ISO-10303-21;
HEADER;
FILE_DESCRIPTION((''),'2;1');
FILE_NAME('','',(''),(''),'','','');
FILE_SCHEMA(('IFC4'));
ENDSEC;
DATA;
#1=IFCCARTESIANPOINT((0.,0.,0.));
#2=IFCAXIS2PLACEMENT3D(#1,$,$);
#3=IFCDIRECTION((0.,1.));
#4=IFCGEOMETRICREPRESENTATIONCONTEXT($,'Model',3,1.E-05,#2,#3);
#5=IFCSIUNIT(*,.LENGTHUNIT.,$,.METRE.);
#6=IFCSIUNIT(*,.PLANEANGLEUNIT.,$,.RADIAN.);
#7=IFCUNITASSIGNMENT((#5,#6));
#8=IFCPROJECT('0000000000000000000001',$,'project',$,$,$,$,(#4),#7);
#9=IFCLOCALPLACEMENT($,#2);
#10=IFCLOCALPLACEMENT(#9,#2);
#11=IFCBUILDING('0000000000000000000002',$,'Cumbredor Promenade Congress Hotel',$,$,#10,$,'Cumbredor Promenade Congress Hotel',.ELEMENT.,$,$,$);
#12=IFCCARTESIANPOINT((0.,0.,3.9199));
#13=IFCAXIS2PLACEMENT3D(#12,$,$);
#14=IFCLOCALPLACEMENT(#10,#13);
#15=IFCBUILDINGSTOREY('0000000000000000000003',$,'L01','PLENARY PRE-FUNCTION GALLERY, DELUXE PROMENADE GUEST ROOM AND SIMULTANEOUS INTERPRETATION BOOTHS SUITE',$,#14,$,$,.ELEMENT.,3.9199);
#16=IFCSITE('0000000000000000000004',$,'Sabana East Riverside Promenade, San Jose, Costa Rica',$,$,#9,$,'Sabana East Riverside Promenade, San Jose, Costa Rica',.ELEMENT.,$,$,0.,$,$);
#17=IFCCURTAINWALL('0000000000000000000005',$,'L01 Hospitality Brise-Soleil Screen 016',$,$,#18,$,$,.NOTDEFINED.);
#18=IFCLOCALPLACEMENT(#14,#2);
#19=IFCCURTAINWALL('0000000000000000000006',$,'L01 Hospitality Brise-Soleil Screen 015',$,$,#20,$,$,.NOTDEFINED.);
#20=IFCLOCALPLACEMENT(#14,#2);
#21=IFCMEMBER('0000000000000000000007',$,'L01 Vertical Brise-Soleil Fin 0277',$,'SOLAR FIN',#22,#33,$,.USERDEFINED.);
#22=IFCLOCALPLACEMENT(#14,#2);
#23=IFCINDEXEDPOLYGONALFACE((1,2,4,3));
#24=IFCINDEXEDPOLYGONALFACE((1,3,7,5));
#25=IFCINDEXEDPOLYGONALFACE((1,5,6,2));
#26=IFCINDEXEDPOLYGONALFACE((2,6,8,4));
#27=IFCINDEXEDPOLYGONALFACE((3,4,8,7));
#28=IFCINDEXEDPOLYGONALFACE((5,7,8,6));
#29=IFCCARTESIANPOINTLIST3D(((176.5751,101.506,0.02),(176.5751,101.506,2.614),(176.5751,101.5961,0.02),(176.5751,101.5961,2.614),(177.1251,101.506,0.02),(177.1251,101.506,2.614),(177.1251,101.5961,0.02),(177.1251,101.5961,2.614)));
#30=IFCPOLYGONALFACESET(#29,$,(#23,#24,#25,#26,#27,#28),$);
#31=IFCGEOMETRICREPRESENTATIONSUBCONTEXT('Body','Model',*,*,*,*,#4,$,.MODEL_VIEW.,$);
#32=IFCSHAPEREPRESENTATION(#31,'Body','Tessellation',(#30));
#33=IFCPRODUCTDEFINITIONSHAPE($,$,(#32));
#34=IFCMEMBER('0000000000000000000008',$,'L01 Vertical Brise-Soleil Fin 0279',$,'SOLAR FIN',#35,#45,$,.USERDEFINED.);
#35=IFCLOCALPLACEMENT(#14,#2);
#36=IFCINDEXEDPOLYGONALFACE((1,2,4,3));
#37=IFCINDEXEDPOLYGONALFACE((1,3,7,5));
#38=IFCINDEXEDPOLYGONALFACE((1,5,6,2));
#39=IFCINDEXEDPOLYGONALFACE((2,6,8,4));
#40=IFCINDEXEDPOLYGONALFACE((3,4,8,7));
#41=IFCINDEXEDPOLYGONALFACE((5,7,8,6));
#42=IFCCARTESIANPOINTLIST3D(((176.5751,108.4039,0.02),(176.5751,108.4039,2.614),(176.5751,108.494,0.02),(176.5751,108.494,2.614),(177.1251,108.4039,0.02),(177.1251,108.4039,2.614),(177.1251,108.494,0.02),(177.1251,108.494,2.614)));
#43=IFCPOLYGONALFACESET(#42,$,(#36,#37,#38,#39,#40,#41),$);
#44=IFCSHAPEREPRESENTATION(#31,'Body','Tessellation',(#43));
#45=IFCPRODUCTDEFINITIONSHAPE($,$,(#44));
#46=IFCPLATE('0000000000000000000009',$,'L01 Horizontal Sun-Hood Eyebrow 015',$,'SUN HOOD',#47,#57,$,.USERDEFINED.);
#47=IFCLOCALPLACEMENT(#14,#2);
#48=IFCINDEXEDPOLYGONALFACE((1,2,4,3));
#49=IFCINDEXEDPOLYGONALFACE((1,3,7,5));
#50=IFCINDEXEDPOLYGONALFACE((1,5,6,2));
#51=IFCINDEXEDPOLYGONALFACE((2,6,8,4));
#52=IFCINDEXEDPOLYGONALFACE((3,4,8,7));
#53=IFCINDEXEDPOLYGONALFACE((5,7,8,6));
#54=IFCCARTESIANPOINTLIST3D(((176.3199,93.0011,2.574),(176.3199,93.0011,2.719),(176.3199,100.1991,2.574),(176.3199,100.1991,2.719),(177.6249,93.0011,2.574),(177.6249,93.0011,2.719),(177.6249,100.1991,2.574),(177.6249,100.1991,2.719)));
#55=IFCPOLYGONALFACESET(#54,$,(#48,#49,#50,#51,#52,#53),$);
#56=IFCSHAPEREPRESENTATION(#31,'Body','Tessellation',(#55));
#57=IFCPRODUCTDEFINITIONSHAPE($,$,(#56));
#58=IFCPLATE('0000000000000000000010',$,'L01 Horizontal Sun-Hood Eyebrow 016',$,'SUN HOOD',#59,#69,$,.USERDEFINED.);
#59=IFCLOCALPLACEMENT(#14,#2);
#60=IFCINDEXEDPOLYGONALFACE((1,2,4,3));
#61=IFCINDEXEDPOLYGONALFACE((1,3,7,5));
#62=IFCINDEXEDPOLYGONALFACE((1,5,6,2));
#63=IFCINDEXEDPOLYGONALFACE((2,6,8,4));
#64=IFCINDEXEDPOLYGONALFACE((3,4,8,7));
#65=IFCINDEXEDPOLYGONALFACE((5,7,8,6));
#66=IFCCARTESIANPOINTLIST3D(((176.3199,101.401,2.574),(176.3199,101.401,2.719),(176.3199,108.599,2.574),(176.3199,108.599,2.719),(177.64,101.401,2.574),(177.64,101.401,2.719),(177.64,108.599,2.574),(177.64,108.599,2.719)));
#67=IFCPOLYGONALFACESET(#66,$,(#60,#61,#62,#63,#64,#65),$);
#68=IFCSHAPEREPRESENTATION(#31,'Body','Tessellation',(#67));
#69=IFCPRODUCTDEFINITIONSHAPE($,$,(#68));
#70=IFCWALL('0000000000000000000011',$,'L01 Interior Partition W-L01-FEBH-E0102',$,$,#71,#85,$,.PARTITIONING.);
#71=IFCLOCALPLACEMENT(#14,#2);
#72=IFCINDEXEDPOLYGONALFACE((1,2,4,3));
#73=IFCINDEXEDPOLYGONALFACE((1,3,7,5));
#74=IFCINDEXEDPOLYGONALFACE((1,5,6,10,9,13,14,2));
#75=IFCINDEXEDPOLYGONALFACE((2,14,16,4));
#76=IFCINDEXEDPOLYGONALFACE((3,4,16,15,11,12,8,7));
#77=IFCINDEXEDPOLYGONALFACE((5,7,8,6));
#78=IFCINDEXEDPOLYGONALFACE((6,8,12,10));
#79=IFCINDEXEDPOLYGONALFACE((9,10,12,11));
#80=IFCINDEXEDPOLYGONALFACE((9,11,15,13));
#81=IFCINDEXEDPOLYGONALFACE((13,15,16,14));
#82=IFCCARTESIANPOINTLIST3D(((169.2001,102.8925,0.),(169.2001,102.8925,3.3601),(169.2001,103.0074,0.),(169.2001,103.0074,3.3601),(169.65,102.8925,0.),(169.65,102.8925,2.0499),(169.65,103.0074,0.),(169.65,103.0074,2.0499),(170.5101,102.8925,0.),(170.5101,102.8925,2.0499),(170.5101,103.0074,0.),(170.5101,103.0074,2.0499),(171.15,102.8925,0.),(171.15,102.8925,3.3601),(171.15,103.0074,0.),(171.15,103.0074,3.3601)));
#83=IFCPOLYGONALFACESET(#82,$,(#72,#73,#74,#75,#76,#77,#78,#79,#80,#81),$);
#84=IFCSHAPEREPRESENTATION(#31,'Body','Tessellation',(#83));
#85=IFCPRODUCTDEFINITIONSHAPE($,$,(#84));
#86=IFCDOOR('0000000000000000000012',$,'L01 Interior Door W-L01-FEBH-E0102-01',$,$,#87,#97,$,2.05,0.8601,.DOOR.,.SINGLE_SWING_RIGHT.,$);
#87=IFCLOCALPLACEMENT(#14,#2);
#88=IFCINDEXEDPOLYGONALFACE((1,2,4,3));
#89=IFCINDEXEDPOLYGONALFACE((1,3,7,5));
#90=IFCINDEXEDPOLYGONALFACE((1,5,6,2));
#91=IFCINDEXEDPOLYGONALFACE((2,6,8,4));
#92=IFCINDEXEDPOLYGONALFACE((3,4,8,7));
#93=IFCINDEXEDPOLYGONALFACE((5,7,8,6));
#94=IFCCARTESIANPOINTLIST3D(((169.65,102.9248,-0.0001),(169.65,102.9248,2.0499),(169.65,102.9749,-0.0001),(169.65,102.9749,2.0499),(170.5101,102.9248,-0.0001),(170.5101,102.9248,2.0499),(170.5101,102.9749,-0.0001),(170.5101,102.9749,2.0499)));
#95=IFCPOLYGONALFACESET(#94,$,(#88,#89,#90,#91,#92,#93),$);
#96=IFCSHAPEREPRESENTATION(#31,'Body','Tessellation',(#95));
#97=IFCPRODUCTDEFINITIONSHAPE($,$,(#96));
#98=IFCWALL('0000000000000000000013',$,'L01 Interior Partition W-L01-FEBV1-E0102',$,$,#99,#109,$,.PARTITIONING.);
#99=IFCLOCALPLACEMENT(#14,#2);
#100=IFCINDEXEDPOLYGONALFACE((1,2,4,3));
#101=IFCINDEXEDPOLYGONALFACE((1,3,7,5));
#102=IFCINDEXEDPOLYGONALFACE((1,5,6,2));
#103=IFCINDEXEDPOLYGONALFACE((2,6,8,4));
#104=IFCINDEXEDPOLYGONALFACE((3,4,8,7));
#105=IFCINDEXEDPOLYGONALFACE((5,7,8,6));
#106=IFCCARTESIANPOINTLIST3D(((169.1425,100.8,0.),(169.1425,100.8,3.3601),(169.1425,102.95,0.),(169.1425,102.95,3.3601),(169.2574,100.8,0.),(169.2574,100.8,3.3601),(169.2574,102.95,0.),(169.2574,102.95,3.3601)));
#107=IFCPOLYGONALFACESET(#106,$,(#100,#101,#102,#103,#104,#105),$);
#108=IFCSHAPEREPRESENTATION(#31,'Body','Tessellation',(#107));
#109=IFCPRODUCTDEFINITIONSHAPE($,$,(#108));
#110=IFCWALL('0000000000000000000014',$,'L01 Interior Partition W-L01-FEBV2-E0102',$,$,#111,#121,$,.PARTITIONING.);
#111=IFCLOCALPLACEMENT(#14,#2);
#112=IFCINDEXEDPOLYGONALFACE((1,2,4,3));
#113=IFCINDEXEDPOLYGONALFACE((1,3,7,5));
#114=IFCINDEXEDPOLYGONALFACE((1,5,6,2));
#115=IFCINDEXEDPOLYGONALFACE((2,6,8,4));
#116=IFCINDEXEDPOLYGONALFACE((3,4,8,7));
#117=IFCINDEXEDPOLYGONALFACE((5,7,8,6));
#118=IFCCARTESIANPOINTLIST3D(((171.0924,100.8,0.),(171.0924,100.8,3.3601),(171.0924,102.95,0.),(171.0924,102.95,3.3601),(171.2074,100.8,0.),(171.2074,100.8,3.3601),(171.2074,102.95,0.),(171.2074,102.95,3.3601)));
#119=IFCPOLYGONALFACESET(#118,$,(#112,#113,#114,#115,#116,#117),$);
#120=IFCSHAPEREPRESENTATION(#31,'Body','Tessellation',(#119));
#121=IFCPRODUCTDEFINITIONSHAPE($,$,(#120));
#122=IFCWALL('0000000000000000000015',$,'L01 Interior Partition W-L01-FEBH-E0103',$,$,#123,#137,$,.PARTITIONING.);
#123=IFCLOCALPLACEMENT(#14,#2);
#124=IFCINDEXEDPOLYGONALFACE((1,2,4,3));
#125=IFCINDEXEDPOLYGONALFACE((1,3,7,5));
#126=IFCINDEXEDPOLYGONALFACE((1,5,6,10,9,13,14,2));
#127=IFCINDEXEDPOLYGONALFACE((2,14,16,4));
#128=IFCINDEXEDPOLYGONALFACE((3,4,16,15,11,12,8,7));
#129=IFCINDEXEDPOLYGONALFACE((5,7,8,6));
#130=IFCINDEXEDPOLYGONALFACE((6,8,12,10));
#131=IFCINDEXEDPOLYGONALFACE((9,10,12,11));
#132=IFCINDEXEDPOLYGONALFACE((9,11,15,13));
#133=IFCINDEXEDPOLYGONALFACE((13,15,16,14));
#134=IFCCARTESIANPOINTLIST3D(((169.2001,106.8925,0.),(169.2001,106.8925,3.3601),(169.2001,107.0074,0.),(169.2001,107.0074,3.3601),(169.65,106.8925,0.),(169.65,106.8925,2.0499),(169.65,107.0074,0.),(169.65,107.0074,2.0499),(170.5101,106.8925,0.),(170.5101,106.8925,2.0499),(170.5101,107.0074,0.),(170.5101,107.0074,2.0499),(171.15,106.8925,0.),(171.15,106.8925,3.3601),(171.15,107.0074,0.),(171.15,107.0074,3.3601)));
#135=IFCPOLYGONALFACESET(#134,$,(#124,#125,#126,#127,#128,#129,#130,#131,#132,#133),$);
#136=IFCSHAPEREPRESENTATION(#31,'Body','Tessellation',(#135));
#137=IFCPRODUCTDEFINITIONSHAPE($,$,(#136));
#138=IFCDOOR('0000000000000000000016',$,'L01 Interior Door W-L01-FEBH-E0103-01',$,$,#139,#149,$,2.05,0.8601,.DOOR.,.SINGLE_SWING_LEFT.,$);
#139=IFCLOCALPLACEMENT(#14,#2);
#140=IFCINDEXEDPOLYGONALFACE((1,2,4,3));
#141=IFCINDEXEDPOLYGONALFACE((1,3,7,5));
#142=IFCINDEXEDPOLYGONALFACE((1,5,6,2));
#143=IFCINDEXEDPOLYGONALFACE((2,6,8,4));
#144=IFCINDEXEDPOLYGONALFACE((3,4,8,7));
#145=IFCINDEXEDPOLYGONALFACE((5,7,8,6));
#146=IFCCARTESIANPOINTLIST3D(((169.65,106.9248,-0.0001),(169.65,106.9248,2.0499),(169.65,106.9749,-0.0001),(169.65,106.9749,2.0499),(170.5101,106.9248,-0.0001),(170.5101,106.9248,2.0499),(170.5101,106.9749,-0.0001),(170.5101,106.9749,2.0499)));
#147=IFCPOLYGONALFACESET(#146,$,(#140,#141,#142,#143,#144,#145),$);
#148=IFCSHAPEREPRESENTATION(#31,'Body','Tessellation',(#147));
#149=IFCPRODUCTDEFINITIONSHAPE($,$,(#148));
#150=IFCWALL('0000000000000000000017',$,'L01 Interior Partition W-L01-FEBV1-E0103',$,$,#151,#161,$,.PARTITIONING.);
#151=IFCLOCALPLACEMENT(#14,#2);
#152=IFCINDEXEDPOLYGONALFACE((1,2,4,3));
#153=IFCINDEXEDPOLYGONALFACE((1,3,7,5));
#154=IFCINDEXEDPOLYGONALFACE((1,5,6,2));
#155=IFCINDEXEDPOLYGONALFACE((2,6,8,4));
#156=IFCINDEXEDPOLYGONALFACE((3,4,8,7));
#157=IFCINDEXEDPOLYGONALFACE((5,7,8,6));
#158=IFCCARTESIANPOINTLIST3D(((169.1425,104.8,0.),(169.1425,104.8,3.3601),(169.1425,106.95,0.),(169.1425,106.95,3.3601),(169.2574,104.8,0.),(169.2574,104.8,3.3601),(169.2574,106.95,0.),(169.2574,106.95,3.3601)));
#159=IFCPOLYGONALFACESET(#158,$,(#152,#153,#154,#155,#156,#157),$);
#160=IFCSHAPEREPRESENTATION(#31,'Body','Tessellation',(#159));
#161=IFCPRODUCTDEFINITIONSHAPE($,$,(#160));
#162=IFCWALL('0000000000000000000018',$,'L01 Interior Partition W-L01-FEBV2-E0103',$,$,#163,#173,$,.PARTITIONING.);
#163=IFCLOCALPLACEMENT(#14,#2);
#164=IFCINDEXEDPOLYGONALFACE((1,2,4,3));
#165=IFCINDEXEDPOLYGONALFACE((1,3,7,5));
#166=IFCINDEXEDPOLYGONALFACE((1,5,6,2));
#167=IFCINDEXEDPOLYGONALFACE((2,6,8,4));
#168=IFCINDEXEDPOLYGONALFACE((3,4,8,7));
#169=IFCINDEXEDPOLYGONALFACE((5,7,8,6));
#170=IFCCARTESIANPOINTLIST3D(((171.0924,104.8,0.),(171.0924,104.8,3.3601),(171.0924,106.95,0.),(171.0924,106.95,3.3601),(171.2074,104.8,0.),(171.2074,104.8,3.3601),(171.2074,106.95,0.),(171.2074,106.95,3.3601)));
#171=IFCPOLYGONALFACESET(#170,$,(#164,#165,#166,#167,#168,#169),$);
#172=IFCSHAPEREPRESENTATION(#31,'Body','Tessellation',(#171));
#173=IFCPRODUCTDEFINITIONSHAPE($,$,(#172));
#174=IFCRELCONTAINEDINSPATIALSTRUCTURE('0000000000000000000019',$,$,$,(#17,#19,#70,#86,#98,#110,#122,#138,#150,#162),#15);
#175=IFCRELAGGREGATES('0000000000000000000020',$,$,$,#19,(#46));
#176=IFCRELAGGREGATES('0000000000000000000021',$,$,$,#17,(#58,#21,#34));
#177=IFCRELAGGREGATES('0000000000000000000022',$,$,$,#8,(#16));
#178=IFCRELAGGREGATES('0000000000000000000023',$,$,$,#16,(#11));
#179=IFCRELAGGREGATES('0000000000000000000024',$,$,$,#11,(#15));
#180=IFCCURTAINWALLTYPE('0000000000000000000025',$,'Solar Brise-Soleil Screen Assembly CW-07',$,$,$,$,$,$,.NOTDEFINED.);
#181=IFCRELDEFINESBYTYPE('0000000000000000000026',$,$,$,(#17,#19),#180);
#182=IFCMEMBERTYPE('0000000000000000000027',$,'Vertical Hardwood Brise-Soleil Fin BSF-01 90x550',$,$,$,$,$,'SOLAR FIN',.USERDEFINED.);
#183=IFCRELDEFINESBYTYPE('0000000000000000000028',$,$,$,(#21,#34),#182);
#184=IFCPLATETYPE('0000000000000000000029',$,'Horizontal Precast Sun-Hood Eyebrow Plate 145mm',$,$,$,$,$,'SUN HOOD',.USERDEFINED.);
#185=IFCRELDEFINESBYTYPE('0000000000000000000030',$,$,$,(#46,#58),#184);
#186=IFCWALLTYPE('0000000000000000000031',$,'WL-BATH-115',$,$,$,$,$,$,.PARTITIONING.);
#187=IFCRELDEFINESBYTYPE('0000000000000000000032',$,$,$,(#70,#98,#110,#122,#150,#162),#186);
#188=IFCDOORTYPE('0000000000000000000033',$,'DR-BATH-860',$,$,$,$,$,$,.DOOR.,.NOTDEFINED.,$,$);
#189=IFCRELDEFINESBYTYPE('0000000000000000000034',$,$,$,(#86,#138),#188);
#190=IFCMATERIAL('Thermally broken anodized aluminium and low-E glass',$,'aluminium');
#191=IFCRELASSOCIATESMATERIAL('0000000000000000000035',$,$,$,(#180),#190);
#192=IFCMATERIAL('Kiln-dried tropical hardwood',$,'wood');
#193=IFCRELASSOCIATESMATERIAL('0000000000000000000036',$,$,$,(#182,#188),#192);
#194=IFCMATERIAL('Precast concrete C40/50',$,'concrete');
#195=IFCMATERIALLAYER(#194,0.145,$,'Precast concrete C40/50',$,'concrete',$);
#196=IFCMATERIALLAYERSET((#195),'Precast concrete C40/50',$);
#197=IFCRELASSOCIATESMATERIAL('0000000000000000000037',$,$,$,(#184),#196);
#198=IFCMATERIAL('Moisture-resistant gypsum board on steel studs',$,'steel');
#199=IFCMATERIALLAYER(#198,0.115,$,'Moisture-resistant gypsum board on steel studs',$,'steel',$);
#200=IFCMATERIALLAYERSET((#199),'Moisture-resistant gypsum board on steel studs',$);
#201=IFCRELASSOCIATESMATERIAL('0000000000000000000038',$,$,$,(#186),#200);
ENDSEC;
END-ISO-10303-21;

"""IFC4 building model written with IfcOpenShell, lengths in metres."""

from ifc_helpers import new_model, si_unit, direction, frame, frame_2d, origin, origin_2d, place, context, subcontext, project, spatial, rectangle, extrude, material, layer, layer_set, material_profile, profile_set, type_object, element, fill, aggregate, save


model = new_model("IFC4")

# Units and contexts
model_context = context("Model", 3, precision=1e-05, world=origin(), true_north=direction((0.0, 1.0)))
body_context = subcontext(model_context, "Body", "Model", "MODEL_VIEW")
ifc_project = project(units=[si_unit("LENGTHUNIT", "METRE"), si_unit("PLANEANGLEUNIT", "RADIAN")], contexts=[model_context])

# Site, building, storey
site_placement = place(None, origin())
site = spatial("IfcSite", under=ifc_project, at=site_placement, Name="Sabana East Riverside Promenade, San Jose, Costa Rica", LongName="Sabana East Riverside Promenade, San Jose, Costa Rica", CompositionType="ELEMENT", RefElevation=0.0)
building_placement = place(site_placement, origin())
building = spatial("IfcBuilding", under=site, at=building_placement, Name="Cumbredor Promenade Congress Hotel", LongName="Cumbredor Promenade Congress Hotel", CompositionType="ELEMENT")
storey_placement = place(building_placement, frame((0.0, 0.0, 3.9199)))
storey = spatial("IfcBuildingStorey", under=building, at=storey_placement, Name="L01", Description="PLENARY PRE-FUNCTION GALLERY, DELUXE PROMENADE GUEST ROOM AND SIMULTANEOUS INTERPRETATION BOOTHS SUITE", CompositionType="ELEMENT", Elevation=3.9199)

# Curtain wall
ifc_material_1 = material(Name="Thermally broken anodized aluminium and low-E glass", Category="aluminium")
curtain_wall_type = type_object("IfcCurtainWallType", Name="Solar Brise-Soleil Screen Assembly CW-07", PredefinedType="NOTDEFINED", material=ifc_material_1)
curtain_wall_1_placement = place(storey_placement, origin())
curtain_wall_1 = element("IfcCurtainWall", 1, at=curtain_wall_1_placement, inside=storey, type_object=curtain_wall_type, Name="L01 Hospitality Brise-Soleil Screen 016", PredefinedType="NOTDEFINED")

# Curtain wall
curtain_wall_2_placement = place(storey_placement, origin())
curtain_wall_2 = element("IfcCurtainWall", 2, at=curtain_wall_2_placement, inside=storey, type_object=curtain_wall_type, Name="L01 Hospitality Brise-Soleil Screen 015", PredefinedType="NOTDEFINED")

# Members
ifc_material_2 = material(Name="Kiln-dried tropical hardwood", Category="wood")
ifc_material_profile_1 = material_profile(ifc_material_2, rectangle(XDim=0.0901, YDim=0.55, at=origin_2d()), Name="ARCH FIN 90x550")
ifc_profile_set_1 = profile_set([ifc_material_profile_1], Name="Kiln-dried tropical hardwood")
member_type_1 = type_object("IfcMemberType", Name="Vertical Hardwood Brise-Soleil Fin BSF-01 90x550", ElementType="SOLAR FIN", PredefinedType="USERDEFINED", material=ifc_profile_set_1)
member_1_placement = place(storey_placement, frame((176.8501, 101.551, 0.02), z_axis=(0.0, 0.0, 1.0), x_axis=(0.0, 1.0, 0.0)))
member_1 = element("IfcMember", 3, at=member_1_placement, type_object=member_type_1, Name="L01 Vertical Brise-Soleil Fin 0277", ObjectType="SOLAR FIN", PredefinedType="USERDEFINED", context=body_context, shape_type="SweptSolid", body=[
    extrude(rectangle(XDim=0.0901, YDim=0.55, at=origin_2d()), origin(), (0.0, 0.0, 1.0), 2.594),
])
member_2_placement = place(storey_placement, frame((176.8501, 108.449, 0.02), z_axis=(0.0, 0.0, 1.0), x_axis=(0.0, 1.0, 0.0)))
member_2 = element("IfcMember", 4, at=member_2_placement, type_object=member_type_1, Name="L01 Vertical Brise-Soleil Fin 0279", ObjectType="SOLAR FIN", PredefinedType="USERDEFINED", context=body_context, shape_type="SweptSolid", body=[
    extrude(rectangle(XDim=0.0901, YDim=0.55, at=origin_2d()), origin(), (0.0, 0.0, 1.0), 2.594),
])

# Plates
ifc_material_3 = material(Name="Precast concrete C40/50", Category="concrete")
ifc_layer_1 = layer(ifc_material_3, 0.145, Name="Precast concrete C40/50", Category="concrete")
ifc_layer_set_1 = layer_set([ifc_layer_1], Name="Precast concrete C40/50")
plate_type = type_object("IfcPlateType", Name="Horizontal Precast Sun-Hood Eyebrow Plate 145mm", ElementType="SUN HOOD", PredefinedType="USERDEFINED", material=ifc_layer_set_1)
plate_1_placement = place(storey_placement, frame((176.9724, 96.6001, 2.574), z_axis=(0.0, 0.0, 1.0), x_axis=(0.0, 1.0, 0.0)))
plate_1 = element("IfcPlate", 5, at=plate_1_placement, type_object=plate_type, Name="L01 Horizontal Sun-Hood Eyebrow 015", ObjectType="SUN HOOD", PredefinedType="USERDEFINED", context=body_context, shape_type="SweptSolid", body=[
    extrude(rectangle(XDim=7.198, YDim=1.3049, at=origin_2d()), origin(), (0.0, 0.0, 1.0), 0.145),
])
aggregate(curtain_wall_2, [plate_1])
plate_2_placement = place(storey_placement, frame((176.98, 105.0, 2.574), z_axis=(0.0, 0.0, 1.0), x_axis=(0.0, 1.0, 0.0)))
plate_2 = element("IfcPlate", 6, at=plate_2_placement, type_object=plate_type, Name="L01 Horizontal Sun-Hood Eyebrow 016", ObjectType="SUN HOOD", PredefinedType="USERDEFINED", context=body_context, shape_type="SweptSolid", body=[
    extrude(rectangle(XDim=7.198, YDim=1.3201, at=origin_2d()), origin(), (0.0, 0.0, 1.0), 0.145),
])
aggregate(curtain_wall_1, [plate_2, member_1, member_2])

# Wall, opening, door
ifc_material_4 = material(Name="Moisture-resistant gypsum board on steel studs", Category="steel")
ifc_layer_2 = layer(ifc_material_4, 0.115, Name="Moisture-resistant gypsum board on steel studs", Category="steel")
ifc_layer_set_2 = layer_set([ifc_layer_2], Name="Moisture-resistant gypsum board on steel studs")
wall_type_1 = type_object("IfcWallType", Name="WL-BATH-115", PredefinedType="PARTITIONING", material=ifc_layer_set_2)
wall_1_placement = place(storey_placement, frame((169.2, 102.95, 0.0), z_axis=(0.0, 0.0, 1.0), x_axis=(1.0, 0.0, 0.0)))
wall_1 = element("IfcWall", 7, at=wall_1_placement, inside=storey, type_object=wall_type_1, Name="L01 Interior Partition W-L01-FEBH-E0102", PredefinedType="PARTITIONING", context=body_context, shape_type="SweptSolid", body=[
    extrude(rectangle(XDim=1.95, YDim=0.115, at=frame_2d((0.9751, 0.0))), origin(), (0.0, 0.0, 1.0), 3.3601),
])
opening_1_placement = place(wall_1_placement, frame((0.45, 0.0, 0.0)))
opening_1 = element("IfcOpeningElement", 8, at=opening_1_placement, cuts=wall_1, PredefinedType="OPENING", context=body_context, shape_type="SweptSolid", body=[
    extrude(rectangle(XDim=0.8601, YDim=2.05, at=frame_2d((0.4302, 1.0249))), frame((0.0, 0.0674, 0.0), z_axis=(0.0, -1.0, 0.0), x_axis=(1.0, 0.0, 0.0)), (0.0, 0.0, 1.0), 0.135),
])
door_type = type_object("IfcDoorType", Name="DR-BATH-860", OperationType="NOTDEFINED", PredefinedType="DOOR", material=ifc_material_2)
door_1_placement = place(opening_1_placement, origin())
door_1 = element("IfcDoor", 9, at=door_1_placement, inside=storey, type_object=door_type, Name="L01 Interior Door W-L01-FEBH-E0102-01", OperationType="SINGLE_SWING_RIGHT", OverallHeight=2.05, OverallWidth=0.8601, PredefinedType="DOOR", context=body_context, shape_type="SweptSolid", body=[
    extrude(rectangle(XDim=0.8601, YDim=2.05, at=frame_2d((0.4302, 1.0249))), frame((0.0, 0.0249, 0.0), z_axis=(0.0, -1.0, 0.0), x_axis=(1.0, 0.0, 0.0)), (0.0, 0.0, 1.0), 0.05),
])
fill(opening_1, door_1)

# Walls
for number, where, z_axis, x_axis, name in (
    (10, (169.2, 100.8, 0.0), (0.0, 0.0, 1.0), (0.0, 1.0, 0.0), "L01 Interior Partition W-L01-FEBV1-E0102"),
    (11, (171.1499, 100.8, 0.0), (0.0, 0.0, 1.0), (0.0, 1.0, 0.0), "L01 Interior Partition W-L01-FEBV2-E0102"),
):
    element("IfcWall", number, at=place(storey_placement, frame(where, z_axis=z_axis, x_axis=x_axis)), inside=storey, type_object=wall_type_1, Name=name, PredefinedType="PARTITIONING", context=body_context, shape_type="SweptSolid", body=[
        extrude(rectangle(XDim=2.1499, YDim=0.115, at=frame_2d((1.075, 0.0))), origin(), (0.0, 0.0, 1.0), 3.3601),
    ])

# Wall, opening, door
wall_2_placement = place(storey_placement, frame((169.2, 106.95, 0.0), z_axis=(0.0, 0.0, 1.0), x_axis=(1.0, 0.0, 0.0)))
wall_2 = element("IfcWall", 12, at=wall_2_placement, inside=storey, type_object=wall_type_1, Name="L01 Interior Partition W-L01-FEBH-E0103", PredefinedType="PARTITIONING", context=body_context, shape_type="SweptSolid", body=[
    extrude(rectangle(XDim=1.95, YDim=0.115, at=frame_2d((0.9751, 0.0))), origin(), (0.0, 0.0, 1.0), 3.3601),
])
opening_2_placement = place(wall_2_placement, frame((0.45, 0.0, 0.0)))
opening_2 = element("IfcOpeningElement", 13, at=opening_2_placement, cuts=wall_2, PredefinedType="OPENING", context=body_context, shape_type="SweptSolid", body=[
    extrude(rectangle(XDim=0.8601, YDim=2.05, at=frame_2d((0.4302, 1.0249))), frame((0.0, 0.0674, 0.0), z_axis=(0.0, -1.0, 0.0), x_axis=(1.0, 0.0, 0.0)), (0.0, 0.0, 1.0), 0.135),
])
door_2_placement = place(opening_2_placement, origin())
door_2 = element("IfcDoor", 14, at=door_2_placement, inside=storey, type_object=door_type, Name="L01 Interior Door W-L01-FEBH-E0103-01", OperationType="SINGLE_SWING_LEFT", OverallHeight=2.05, OverallWidth=0.8601, PredefinedType="DOOR", context=body_context, shape_type="SweptSolid", body=[
    extrude(rectangle(XDim=0.8601, YDim=2.05, at=frame_2d((0.4302, 1.0249))), frame((0.0, 0.0249, 0.0), z_axis=(0.0, -1.0, 0.0), x_axis=(1.0, 0.0, 0.0)), (0.0, 0.0, 1.0), 0.05),
])
fill(opening_2, door_2)

# Walls
for number, where, z_axis, x_axis, name in (
    (15, (169.2, 104.8, 0.0), (0.0, 0.0, 1.0), (0.0, 1.0, 0.0), "L01 Interior Partition W-L01-FEBV1-E0103"),
    (16, (171.1499, 104.8, 0.0), (0.0, 0.0, 1.0), (0.0, 1.0, 0.0), "L01 Interior Partition W-L01-FEBV2-E0103"),
):
    element("IfcWall", number, at=place(storey_placement, frame(where, z_axis=z_axis, x_axis=x_axis)), inside=storey, type_object=wall_type_1, Name=name, PredefinedType="PARTITIONING", context=body_context, shape_type="SweptSolid", body=[
        extrude(rectangle(XDim=2.1499, YDim=0.115, at=frame_2d((1.075, 0.0))), origin(), (0.0, 0.0, 1.0), 3.3601),
    ])

save(model, "model.ifc")
